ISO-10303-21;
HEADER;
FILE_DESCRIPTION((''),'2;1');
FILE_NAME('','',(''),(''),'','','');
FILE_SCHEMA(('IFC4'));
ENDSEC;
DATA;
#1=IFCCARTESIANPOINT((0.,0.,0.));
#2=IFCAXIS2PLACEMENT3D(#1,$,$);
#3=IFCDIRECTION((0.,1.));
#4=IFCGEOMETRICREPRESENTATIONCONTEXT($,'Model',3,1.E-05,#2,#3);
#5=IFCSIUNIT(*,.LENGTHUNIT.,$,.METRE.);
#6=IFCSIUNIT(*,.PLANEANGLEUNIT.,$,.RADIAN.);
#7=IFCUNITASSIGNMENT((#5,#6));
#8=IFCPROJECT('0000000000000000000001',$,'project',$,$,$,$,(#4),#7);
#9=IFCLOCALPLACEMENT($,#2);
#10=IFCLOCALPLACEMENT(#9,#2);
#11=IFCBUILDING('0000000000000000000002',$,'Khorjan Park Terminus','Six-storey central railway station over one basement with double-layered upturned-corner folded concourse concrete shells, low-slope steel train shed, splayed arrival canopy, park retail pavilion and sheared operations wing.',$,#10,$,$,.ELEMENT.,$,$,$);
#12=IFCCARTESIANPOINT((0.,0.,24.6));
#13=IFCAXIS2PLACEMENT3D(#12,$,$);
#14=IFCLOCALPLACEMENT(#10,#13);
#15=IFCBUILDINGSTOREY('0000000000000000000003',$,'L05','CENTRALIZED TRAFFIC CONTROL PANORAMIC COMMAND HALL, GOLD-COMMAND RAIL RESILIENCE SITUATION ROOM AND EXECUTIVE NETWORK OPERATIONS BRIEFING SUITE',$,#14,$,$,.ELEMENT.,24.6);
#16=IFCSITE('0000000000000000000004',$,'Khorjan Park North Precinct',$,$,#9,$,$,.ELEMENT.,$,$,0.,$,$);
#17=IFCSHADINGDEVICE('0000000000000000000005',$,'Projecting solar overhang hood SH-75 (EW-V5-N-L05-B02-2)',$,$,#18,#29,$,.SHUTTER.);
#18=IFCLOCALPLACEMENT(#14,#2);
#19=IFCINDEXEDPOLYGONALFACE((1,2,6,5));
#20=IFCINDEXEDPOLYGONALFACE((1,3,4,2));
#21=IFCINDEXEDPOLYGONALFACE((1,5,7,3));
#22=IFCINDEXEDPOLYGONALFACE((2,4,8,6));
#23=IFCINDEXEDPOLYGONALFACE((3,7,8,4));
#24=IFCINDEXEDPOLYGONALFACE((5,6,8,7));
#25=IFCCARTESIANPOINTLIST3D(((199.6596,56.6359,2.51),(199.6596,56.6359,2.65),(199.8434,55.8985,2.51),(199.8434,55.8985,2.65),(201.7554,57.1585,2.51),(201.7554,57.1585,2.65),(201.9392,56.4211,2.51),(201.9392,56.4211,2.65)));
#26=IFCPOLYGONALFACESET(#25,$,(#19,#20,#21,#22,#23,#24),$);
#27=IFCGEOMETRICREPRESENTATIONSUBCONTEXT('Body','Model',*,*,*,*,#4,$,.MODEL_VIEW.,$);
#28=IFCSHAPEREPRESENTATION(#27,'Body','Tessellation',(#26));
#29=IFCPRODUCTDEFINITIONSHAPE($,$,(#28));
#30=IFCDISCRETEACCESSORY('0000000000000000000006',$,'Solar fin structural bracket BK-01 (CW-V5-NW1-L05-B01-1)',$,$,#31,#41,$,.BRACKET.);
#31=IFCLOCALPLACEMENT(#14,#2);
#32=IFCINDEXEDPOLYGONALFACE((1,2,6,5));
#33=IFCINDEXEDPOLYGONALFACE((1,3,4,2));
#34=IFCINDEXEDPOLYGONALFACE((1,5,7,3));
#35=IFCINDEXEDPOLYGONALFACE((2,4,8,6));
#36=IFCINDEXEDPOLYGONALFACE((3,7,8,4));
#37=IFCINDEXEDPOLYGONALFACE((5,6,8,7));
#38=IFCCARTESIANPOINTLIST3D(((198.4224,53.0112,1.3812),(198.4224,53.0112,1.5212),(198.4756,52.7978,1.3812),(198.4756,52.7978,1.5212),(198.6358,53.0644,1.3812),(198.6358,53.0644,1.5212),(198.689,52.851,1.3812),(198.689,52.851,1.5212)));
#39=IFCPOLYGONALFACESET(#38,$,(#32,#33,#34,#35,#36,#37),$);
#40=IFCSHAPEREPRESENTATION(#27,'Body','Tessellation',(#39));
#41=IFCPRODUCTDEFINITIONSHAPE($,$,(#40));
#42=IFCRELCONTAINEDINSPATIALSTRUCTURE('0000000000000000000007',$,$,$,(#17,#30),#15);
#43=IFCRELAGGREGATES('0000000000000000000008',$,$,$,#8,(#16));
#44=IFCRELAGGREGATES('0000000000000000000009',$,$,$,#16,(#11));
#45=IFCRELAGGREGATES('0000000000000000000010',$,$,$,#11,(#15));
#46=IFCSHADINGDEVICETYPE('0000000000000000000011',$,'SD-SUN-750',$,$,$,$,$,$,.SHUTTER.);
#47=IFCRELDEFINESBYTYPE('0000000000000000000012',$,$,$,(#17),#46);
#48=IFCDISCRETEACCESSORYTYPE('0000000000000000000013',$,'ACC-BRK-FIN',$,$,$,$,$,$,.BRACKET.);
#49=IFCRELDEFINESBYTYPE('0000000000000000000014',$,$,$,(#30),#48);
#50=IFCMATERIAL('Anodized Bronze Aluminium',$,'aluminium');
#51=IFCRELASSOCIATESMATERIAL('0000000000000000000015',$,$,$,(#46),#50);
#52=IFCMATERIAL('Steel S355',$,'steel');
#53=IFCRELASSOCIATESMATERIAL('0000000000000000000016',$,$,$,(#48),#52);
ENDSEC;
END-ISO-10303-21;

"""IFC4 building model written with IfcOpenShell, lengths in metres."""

from ifc_helpers import new_model, si_unit, direction, frame, origin, origin_2d, place, context, subcontext, project, spatial, rectangle, extrude, material, type_object, element, save


model = new_model("IFC4")

# Units and contexts
model_context = context("Model", 3, precision=1e-05, world=origin(), true_north=direction((0.0, 1.0)))
body_context = subcontext(model_context, "Body", "Model", "MODEL_VIEW")
ifc_project = project(units=[si_unit("LENGTHUNIT", "METRE"), si_unit("PLANEANGLEUNIT", "RADIAN")], contexts=[model_context])

# Site, building, storey
site_placement = place(None, origin())
site = spatial("IfcSite", under=ifc_project, at=site_placement, Name="Khorjan Park North Precinct", CompositionType="ELEMENT", RefElevation=0.0)
building_placement = place(site_placement, origin())
building = spatial("IfcBuilding", under=site, at=building_placement, Name="Khorjan Park Terminus", Description="Six-storey central railway station over one basement with double-layered upturned-corner folded concourse concrete shells, low-slope steel train shed, splayed arrival canopy, park retail pavilion and sheared operations wing.", CompositionType="ELEMENT")
storey_placement = place(building_placement, frame((0.0, 0.0, 24.6)))
storey = spatial("IfcBuildingStorey", under=building, at=storey_placement, Name="L05", Description="CENTRALIZED TRAFFIC CONTROL PANORAMIC COMMAND HALL, GOLD-COMMAND RAIL RESILIENCE SITUATION ROOM AND EXECUTIVE NETWORK OPERATIONS BRIEFING SUITE", CompositionType="ELEMENT", Elevation=24.6)

# Shared definitions
ifc_material_1 = material(Name="Steel S355", Category="steel")

# Shared definitions
ifc_material_2 = material(Name="Anodized Bronze Aluminium", Category="aluminium")

# Shading device
shading_device_type_1 = type_object("IfcShadingDeviceType", Name="SD-SUN-750", PredefinedType="SHUTTER", material=ifc_material_2)
shading_device_1_placement = place(storey_placement, frame((200.7994, 56.5285, 2.51), z_axis=(0.0, 0.0, 1.0), x_axis=(-0.970296, -0.24192, 0.0)))
element("IfcShadingDevice", 1, at=shading_device_1_placement, inside=storey, type_object=shading_device_type_1, Name="Projecting solar overhang hood SH-75 (EW-V5-N-L05-B02-2)", PredefinedType="SHUTTER", context=body_context, shape_type="SweptSolid", body=[
    extrude(rectangle(XDim=2.16, YDim=0.76, at=origin_2d()), origin(), (0.0, 0.0, 1.0), 0.14),
])

# Discrete accessory
discrete_accessory_type = type_object("IfcDiscreteAccessoryType", Name="ACC-BRK-FIN", PredefinedType="BRACKET", material=ifc_material_1)
discrete_accessory_placement = place(storey_placement, frame((198.5557, 52.9311, 1.3812), z_axis=(0.0, 0.0, 1.0), x_axis=(0.241932, -0.970293, 0.0)))
element("IfcDiscreteAccessory", 2, at=discrete_accessory_placement, inside=storey, type_object=discrete_accessory_type, Name="Solar fin structural bracket BK-01 (CW-V5-NW1-L05-B01-1)", PredefinedType="BRACKET", context=body_context, shape_type="SweptSolid", body=[
    extrude(rectangle(XDim=0.22, YDim=0.22, at=origin_2d()), origin(), (0.0, 0.0, 1.0), 0.14),
])

save(model, "model.ifc")
